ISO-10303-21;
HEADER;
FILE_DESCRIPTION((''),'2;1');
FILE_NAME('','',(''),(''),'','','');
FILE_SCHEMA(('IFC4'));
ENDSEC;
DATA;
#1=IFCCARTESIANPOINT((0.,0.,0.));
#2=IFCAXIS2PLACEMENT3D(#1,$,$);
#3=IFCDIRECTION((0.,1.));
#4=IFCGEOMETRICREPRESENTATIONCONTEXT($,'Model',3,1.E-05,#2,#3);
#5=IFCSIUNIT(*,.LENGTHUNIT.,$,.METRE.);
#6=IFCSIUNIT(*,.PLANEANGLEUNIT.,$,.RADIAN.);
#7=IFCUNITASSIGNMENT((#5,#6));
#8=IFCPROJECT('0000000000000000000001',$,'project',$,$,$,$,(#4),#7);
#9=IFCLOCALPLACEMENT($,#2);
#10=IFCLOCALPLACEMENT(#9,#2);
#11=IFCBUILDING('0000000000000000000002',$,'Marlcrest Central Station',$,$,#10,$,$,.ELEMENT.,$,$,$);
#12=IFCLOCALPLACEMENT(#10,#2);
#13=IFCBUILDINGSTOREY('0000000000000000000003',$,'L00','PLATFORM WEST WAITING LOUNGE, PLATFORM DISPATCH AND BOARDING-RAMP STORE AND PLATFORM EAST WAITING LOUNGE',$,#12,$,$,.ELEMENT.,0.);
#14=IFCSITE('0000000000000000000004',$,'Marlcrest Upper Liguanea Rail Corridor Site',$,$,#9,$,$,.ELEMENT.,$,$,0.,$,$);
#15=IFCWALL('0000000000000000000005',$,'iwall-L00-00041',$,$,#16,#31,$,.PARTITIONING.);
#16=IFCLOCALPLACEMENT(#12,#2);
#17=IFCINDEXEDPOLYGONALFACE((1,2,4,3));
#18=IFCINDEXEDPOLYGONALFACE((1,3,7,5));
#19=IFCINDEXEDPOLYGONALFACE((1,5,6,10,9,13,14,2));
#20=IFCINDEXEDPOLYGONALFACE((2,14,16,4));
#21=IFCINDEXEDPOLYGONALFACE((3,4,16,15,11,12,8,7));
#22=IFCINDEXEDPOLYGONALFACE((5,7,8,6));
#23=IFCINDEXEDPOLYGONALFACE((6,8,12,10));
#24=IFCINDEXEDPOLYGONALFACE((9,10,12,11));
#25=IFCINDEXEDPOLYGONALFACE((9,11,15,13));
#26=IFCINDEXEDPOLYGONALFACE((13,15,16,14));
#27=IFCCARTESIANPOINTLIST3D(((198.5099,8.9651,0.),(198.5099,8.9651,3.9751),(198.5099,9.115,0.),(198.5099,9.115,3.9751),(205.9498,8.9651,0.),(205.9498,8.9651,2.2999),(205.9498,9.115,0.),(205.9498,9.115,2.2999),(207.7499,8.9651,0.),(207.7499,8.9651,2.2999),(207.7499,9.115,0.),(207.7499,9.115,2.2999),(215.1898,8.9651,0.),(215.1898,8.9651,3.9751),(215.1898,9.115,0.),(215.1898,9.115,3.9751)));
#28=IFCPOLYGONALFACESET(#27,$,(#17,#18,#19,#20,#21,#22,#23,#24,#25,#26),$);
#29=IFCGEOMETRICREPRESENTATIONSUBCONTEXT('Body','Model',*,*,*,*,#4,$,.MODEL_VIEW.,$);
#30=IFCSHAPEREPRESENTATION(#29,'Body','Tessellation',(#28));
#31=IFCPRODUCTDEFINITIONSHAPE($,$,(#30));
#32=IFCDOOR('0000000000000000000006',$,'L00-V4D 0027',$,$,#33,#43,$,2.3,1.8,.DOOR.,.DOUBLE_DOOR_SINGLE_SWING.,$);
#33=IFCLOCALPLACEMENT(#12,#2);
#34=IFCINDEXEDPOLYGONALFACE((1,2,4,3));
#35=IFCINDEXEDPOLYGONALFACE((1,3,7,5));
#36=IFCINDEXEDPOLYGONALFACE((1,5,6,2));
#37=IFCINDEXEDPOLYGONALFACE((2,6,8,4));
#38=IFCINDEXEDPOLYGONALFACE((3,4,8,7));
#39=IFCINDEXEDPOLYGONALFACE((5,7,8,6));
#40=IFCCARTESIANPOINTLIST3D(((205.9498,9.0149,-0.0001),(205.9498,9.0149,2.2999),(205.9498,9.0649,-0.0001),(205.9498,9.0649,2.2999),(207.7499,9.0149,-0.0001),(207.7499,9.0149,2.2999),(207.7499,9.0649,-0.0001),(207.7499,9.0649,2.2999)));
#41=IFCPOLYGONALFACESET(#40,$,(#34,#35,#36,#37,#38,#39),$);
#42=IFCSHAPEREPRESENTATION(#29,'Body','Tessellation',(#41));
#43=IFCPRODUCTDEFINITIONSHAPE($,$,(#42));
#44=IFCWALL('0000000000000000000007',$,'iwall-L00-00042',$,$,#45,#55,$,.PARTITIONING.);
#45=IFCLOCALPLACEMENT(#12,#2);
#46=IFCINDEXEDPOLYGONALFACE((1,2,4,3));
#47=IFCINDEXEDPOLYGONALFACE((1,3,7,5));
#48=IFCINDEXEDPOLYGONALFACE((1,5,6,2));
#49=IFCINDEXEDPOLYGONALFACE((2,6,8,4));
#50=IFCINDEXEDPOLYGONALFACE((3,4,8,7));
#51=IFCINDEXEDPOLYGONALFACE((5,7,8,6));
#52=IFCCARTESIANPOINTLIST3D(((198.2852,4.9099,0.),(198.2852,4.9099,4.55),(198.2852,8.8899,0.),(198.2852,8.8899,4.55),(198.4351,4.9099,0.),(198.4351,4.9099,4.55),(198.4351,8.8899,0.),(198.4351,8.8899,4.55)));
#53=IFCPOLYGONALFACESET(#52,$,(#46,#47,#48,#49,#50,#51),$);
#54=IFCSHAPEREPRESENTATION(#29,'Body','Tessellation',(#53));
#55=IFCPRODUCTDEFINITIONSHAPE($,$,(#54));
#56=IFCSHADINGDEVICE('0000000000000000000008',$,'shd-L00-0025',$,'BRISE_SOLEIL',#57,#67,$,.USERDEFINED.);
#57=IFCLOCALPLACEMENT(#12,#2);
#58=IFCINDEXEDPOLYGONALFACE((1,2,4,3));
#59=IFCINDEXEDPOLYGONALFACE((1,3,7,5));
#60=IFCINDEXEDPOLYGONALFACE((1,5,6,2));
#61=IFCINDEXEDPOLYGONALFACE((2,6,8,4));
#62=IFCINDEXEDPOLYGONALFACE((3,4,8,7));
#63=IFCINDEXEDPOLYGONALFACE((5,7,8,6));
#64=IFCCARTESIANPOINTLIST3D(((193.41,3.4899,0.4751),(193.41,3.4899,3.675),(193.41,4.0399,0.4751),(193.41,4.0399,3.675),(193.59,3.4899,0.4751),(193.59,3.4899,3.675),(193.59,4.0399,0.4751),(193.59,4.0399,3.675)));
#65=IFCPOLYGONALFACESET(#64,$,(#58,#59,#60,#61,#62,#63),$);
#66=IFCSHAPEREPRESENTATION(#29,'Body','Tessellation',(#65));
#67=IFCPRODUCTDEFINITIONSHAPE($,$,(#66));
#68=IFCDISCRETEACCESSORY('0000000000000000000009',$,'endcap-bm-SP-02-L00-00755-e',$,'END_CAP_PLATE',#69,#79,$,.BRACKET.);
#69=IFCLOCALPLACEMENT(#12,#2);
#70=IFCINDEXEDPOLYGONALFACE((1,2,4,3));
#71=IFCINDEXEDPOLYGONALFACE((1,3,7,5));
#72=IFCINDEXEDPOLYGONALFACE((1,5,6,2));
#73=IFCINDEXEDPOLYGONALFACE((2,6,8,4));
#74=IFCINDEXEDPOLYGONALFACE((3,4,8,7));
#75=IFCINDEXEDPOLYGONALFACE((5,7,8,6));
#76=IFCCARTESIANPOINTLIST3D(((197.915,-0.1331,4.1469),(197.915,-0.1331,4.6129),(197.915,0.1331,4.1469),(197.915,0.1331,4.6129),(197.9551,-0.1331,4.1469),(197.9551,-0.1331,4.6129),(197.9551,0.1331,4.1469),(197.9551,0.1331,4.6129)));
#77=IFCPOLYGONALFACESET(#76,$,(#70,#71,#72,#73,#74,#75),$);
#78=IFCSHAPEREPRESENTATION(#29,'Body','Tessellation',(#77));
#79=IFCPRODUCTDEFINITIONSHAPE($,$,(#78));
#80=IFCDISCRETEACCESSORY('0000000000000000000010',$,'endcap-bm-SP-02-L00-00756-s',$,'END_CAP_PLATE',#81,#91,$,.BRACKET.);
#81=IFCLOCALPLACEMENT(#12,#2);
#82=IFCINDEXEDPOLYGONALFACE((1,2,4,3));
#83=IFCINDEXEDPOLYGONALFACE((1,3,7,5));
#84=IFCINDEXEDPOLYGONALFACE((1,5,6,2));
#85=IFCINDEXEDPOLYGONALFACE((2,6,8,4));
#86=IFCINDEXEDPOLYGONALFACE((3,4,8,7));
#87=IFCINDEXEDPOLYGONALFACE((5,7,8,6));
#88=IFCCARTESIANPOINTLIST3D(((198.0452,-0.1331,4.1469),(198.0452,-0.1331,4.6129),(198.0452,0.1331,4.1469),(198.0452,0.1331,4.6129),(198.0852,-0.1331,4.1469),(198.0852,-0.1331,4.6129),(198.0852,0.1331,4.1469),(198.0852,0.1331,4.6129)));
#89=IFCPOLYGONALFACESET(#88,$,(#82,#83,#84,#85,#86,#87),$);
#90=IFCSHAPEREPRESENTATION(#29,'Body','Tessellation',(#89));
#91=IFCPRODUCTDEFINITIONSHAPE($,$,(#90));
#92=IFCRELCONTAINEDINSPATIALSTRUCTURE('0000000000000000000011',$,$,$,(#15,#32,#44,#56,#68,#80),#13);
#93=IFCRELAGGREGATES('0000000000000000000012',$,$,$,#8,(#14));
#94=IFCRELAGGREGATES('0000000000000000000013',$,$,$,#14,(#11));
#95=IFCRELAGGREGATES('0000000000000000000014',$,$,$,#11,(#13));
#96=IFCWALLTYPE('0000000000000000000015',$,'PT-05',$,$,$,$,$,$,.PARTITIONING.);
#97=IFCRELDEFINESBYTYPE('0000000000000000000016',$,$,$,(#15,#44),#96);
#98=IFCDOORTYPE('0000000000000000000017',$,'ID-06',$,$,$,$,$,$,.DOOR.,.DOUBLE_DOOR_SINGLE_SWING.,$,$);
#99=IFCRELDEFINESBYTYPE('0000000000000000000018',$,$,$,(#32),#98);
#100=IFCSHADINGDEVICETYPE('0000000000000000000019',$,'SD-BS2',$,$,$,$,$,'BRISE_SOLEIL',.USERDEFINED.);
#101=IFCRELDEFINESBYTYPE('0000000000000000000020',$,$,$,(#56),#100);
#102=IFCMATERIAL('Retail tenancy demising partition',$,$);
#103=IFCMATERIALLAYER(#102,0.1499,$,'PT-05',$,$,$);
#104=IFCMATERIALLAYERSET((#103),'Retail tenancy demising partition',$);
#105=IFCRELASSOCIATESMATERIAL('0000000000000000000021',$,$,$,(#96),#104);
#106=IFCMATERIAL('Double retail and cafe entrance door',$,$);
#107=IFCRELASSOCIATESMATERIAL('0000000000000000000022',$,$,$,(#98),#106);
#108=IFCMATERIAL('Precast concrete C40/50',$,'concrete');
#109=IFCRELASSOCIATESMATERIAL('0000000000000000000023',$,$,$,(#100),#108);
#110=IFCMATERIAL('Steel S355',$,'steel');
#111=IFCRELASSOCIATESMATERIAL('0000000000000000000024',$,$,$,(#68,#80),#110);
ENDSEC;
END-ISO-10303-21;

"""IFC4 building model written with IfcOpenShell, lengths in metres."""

from ifc_helpers import new_model, si_unit, direction, frame, frame_2d, origin, origin_2d, place, context, subcontext, project, spatial, rectangle, extrude, material, layer, layer_set, type_object, element, fill, save


model = new_model("IFC4")

# Units and contexts
model_context = context("Model", 3, precision=1e-05, world=origin(), true_north=direction((0.0, 1.0)))
body_context = subcontext(model_context, "Body", "Model", "MODEL_VIEW")
ifc_project = project(units=[si_unit("LENGTHUNIT", "METRE"), si_unit("PLANEANGLEUNIT", "RADIAN")], contexts=[model_context])

# Site, building, storey
site_placement = place(None, origin())
site = spatial("IfcSite", under=ifc_project, at=site_placement, Name="Marlcrest Upper Liguanea Rail Corridor Site", CompositionType="ELEMENT", RefElevation=0.0)
building_placement = place(site_placement, origin())
building = spatial("IfcBuilding", under=site, at=building_placement, Name="Marlcrest Central Station", CompositionType="ELEMENT")
storey_placement = place(building_placement, origin())
storey = spatial("IfcBuildingStorey", under=building, at=storey_placement, Name="L00", Description="PLATFORM WEST WAITING LOUNGE, PLATFORM DISPATCH AND BOARDING-RAMP STORE AND PLATFORM EAST WAITING LOUNGE", CompositionType="ELEMENT", Elevation=0.0)

# Shared definitions
ifc_material_1 = material(Name="Precast concrete C40/50", Category="concrete")

# Shared definitions
ifc_material_2 = material(Name="Steel S355", Category="steel")

# Wall, opening, door
ifc_material_3 = material(Name="Retail tenancy demising partition")
ifc_layer_1 = layer(ifc_material_3, 0.1499, Name="PT-05")
ifc_layer_set_1 = layer_set([ifc_layer_1], Name="Retail tenancy demising partition")
wall_type_1 = type_object("IfcWallType", Name="PT-05", PredefinedType="PARTITIONING", material=ifc_layer_set_1)
wall_1_placement = place(storey_placement, frame((198.51, 9.04, 0.0), z_axis=(0.0, 0.0, 1.0), x_axis=(1.0, 0.0, 0.0)))
wall_1 = element("IfcWall", 1, at=wall_1_placement, inside=storey, type_object=wall_type_1, Name="iwall-L00-00041", PredefinedType="PARTITIONING", context=body_context, shape_type="SweptSolid", body=[
    extrude(rectangle(XDim=16.6799, YDim=0.1499, at=frame_2d((8.3398, 0.0))), origin(), (0.0, 0.0, 1.0), 3.9751),
])
opening_1_placement = place(wall_1_placement, frame((7.4399, 0.0, 0.0)))
opening_1 = element("IfcOpeningElement", 2, at=opening_1_placement, cuts=wall_1, PredefinedType="OPENING", context=body_context, shape_type="SweptSolid", body=[
    extrude(rectangle(XDim=1.8, YDim=2.3, at=frame_2d((0.8999, 1.1499))), frame((0.0, 0.085, 0.0), z_axis=(0.0, -1.0, 0.0), x_axis=(1.0, 0.0, 0.0)), (0.0, 0.0, 1.0), 0.1699),
])
ifc_material_4 = material(Name="Double retail and cafe entrance door")
door_type = type_object("IfcDoorType", Name="ID-06", OperationType="DOUBLE_DOOR_SINGLE_SWING", PredefinedType="DOOR", material=ifc_material_4)
door_placement = place(opening_1_placement, origin())
door = element("IfcDoor", 3, at=door_placement, inside=storey, type_object=door_type, Name="L00-V4D 0027", OperationType="DOUBLE_DOOR_SINGLE_SWING", OverallHeight=2.3, OverallWidth=1.8, PredefinedType="DOOR", context=body_context, shape_type="SweptSolid", body=[
    extrude(rectangle(XDim=1.8, YDim=2.3, at=frame_2d((0.8999, 1.1499))), frame((0.0, 0.0249, 0.0), z_axis=(0.0, -1.0, 0.0), x_axis=(1.0, 0.0, 0.0)), (0.0, 0.0, 1.0), 0.05),
])
fill(opening_1, door)

# Wall
wall_2_placement = place(storey_placement, frame((198.3601, 4.9099, 0.0), z_axis=(0.0, 0.0, 1.0), x_axis=(0.0, 1.0, 0.0)))
element("IfcWall", 4, at=wall_2_placement, inside=storey, type_object=wall_type_1, Name="iwall-L00-00042", PredefinedType="PARTITIONING", context=body_context, shape_type="SweptSolid", body=[
    extrude(rectangle(XDim=3.98, YDim=0.1499, at=frame_2d((1.99, 0.0))), origin(), (0.0, 0.0, 1.0), 4.55),
])

# Shading device
shading_device_type = type_object("IfcShadingDeviceType", Name="SD-BS2", ElementType="BRISE_SOLEIL", PredefinedType="USERDEFINED", material=ifc_material_1)
shading_device_placement = place(storey_placement, frame((193.5, 3.7649, 0.4751), z_axis=(0.0, 0.0, 1.0), x_axis=(1.0, 0.0, 0.0)))
element("IfcShadingDevice", 5, at=shading_device_placement, inside=storey, type_object=shading_device_type, Name="shd-L00-0025", ObjectType="BRISE_SOLEIL", PredefinedType="USERDEFINED", context=body_context, shape_type="SweptSolid", body=[
    extrude(rectangle(XDim=0.1799, YDim=0.55, at=origin_2d()), origin(), (0.0, 0.0, 1.0), 3.2),
])

# Discrete accessories
for number, where, z_axis, x_axis, name in (
    (6, (197.915, 0.0, 4.3799), (1.0, 0.0, 0.0), (0.0, 1.0, 0.0), "endcap-bm-SP-02-L00-00755-e"),
    (7, (198.0452, 0.0, 4.3799), (1.0, 0.0, 0.0), (0.0, 1.0, 0.0), "endcap-bm-SP-02-L00-00756-s"),
):
    element("IfcDiscreteAccessory", number, at=place(storey_placement, frame(where, z_axis=z_axis, x_axis=x_axis)), inside=storey, material=ifc_material_2, Name=name, ObjectType="END_CAP_PLATE", PredefinedType="BRACKET", context=body_context, shape_type="SweptSolid", body=[
        extrude(rectangle(XDim=0.2661, YDim=0.4661, at=origin_2d()), origin(), (0.0, 0.0, 1.0), 0.04),
    ])

save(model, "model.ifc")
